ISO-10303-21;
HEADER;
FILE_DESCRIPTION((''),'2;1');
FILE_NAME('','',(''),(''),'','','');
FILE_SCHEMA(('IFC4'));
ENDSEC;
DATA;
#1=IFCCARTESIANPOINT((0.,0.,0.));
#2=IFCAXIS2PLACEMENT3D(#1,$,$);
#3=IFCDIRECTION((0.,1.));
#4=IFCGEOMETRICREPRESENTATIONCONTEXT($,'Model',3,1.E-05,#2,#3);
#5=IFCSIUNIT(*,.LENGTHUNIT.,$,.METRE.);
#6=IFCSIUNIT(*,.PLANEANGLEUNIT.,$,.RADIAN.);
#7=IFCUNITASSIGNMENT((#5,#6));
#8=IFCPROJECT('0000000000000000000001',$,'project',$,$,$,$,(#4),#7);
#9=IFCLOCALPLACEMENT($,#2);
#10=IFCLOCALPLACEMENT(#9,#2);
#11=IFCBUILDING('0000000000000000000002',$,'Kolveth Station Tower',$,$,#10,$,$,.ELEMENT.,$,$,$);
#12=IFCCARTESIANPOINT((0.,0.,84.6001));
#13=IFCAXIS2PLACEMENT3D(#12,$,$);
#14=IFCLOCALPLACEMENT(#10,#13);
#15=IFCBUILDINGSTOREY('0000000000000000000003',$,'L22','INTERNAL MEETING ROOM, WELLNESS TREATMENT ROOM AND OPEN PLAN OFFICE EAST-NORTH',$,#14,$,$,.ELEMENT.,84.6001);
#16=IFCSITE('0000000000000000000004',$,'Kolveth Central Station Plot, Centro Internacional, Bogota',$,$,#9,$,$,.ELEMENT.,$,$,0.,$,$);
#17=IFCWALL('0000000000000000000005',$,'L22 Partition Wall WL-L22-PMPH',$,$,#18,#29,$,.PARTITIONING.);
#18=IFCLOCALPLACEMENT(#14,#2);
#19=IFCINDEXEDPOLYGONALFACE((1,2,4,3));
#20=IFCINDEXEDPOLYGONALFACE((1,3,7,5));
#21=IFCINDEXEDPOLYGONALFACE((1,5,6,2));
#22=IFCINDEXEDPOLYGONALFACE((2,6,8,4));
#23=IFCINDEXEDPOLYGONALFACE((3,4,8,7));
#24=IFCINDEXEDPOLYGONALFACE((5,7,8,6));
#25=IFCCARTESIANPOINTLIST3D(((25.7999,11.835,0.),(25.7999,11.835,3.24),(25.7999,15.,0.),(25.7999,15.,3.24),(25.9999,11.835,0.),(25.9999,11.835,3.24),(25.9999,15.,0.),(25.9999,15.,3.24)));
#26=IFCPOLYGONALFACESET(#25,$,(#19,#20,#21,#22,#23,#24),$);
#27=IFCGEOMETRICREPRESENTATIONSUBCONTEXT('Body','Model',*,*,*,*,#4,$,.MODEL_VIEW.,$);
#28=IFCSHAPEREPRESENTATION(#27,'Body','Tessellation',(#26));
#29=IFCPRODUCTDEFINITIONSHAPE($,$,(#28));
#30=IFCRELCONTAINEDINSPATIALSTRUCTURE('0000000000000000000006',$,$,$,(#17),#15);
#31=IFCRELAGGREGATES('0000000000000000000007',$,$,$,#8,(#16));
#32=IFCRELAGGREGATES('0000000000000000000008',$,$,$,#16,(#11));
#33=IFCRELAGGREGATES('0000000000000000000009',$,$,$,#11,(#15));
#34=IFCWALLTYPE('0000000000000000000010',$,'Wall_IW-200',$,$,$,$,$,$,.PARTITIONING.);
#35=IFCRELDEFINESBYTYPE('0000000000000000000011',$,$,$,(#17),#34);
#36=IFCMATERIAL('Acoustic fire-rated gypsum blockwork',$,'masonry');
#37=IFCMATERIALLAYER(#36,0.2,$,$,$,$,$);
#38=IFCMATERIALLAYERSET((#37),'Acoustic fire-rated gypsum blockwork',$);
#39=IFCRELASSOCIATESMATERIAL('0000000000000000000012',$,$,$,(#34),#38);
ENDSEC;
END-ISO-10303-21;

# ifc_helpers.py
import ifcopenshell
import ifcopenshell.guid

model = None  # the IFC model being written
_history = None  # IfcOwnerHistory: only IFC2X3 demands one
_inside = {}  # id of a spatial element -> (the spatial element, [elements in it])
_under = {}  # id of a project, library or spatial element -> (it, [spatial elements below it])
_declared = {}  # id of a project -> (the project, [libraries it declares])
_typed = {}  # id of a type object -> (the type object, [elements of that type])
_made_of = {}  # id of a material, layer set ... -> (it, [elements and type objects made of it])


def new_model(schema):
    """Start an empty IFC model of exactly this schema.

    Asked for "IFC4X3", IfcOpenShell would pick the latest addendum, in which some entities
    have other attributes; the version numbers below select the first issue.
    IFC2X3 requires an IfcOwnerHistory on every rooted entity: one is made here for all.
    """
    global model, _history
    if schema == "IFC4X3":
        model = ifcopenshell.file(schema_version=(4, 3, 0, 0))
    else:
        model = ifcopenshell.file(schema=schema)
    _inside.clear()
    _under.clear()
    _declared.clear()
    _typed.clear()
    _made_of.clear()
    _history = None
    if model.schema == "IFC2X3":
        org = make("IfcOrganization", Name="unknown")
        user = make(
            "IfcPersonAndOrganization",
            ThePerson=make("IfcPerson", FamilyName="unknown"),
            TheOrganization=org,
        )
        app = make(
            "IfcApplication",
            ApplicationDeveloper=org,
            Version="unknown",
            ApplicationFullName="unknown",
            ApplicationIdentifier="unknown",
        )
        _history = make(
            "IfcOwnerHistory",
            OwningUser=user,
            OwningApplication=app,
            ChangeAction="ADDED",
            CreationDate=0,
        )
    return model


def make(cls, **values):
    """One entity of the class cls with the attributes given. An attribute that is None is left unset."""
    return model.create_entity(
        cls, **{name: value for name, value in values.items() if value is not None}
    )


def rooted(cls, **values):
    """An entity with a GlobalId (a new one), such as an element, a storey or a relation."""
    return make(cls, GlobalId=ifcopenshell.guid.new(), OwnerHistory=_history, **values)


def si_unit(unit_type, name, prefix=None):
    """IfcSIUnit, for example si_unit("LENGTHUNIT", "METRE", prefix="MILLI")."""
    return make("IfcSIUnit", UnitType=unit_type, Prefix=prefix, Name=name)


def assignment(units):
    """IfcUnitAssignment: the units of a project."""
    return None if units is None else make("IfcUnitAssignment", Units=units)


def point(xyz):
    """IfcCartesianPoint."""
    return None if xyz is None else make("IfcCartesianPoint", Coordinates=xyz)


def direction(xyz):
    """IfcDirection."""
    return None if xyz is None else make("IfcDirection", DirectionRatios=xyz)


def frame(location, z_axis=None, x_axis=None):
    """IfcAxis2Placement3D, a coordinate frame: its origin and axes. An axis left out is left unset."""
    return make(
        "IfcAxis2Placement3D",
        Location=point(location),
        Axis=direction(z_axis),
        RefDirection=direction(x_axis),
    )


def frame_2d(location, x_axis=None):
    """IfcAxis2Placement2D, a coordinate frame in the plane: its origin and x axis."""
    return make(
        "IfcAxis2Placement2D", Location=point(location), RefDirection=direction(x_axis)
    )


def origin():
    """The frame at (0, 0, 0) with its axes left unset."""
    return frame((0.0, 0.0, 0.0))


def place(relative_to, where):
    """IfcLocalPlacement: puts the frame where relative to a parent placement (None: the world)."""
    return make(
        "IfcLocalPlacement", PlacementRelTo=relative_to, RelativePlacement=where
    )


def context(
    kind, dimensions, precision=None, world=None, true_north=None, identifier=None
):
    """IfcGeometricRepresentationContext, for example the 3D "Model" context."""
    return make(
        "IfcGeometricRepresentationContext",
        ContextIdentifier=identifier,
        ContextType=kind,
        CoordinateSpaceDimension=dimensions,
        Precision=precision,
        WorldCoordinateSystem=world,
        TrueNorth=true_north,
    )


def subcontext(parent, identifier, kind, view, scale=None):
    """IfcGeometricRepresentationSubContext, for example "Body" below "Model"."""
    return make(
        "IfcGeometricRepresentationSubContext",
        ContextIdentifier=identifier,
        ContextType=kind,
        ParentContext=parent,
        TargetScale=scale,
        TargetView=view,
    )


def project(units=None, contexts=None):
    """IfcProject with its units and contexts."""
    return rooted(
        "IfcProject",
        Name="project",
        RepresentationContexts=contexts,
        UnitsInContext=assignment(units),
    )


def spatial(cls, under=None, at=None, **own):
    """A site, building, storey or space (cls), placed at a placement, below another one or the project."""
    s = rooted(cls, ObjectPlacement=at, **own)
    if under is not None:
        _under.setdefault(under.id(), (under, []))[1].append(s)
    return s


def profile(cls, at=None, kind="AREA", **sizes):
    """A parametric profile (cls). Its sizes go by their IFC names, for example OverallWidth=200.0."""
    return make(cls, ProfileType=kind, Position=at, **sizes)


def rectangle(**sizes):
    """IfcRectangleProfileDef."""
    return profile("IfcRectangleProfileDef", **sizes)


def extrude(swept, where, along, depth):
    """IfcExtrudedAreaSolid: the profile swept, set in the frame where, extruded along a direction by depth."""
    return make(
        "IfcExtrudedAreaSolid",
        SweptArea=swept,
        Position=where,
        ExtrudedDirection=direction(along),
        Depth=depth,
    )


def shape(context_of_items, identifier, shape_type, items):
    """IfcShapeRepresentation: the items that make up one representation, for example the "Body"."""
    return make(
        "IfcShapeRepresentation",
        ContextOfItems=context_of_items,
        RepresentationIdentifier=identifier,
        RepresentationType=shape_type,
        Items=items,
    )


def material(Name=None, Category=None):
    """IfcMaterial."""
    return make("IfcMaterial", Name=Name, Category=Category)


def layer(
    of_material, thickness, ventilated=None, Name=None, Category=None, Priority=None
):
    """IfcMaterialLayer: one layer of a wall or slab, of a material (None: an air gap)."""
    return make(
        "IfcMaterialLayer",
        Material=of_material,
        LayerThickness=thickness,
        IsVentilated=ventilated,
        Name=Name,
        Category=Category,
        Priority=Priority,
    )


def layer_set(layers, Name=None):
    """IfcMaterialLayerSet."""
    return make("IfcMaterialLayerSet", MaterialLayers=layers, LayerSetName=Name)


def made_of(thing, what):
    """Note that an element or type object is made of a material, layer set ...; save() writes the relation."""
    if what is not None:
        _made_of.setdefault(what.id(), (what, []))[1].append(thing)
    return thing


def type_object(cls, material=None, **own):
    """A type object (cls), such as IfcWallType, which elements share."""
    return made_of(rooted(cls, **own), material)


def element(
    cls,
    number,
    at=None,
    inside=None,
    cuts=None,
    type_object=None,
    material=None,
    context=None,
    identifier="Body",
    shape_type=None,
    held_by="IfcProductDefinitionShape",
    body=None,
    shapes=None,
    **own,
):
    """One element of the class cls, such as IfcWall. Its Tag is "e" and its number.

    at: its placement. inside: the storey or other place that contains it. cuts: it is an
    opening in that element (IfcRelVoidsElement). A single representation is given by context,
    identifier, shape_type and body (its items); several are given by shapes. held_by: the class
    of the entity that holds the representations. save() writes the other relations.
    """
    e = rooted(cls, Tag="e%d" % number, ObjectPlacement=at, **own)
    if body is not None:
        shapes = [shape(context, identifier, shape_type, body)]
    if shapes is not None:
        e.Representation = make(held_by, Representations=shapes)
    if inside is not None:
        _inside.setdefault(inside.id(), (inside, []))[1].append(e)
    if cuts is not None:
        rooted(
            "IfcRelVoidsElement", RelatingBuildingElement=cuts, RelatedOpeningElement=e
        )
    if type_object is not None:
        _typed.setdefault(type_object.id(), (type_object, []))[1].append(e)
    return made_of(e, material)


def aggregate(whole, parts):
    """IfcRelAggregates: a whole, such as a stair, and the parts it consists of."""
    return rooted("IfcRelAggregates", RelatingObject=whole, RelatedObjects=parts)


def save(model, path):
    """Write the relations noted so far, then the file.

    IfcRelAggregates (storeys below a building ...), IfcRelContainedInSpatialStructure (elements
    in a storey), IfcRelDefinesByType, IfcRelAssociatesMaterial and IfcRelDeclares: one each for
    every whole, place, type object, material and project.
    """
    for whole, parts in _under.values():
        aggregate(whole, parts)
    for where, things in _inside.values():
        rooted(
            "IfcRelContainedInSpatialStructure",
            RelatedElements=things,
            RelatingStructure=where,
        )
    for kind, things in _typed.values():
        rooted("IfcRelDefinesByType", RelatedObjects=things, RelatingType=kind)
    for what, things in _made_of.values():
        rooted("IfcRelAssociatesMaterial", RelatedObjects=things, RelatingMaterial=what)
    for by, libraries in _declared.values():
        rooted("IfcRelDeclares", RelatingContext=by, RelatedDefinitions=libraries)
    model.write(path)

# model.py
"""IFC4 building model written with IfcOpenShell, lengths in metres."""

from ifc_helpers import new_model, si_unit, direction, frame, frame_2d, origin, place, context, subcontext, project, spatial, rectangle, extrude, material, layer, layer_set, type_object, element, save


model = new_model("IFC4")

# Units and contexts
model_context = context("Model", 3, precision=1e-05, world=origin(), true_north=direction((0.0, 1.0)))
body_context = subcontext(model_context, "Body", "Model", "MODEL_VIEW")
ifc_project = project(units=[si_unit("LENGTHUNIT", "METRE"), si_unit("PLANEANGLEUNIT", "RADIAN")], contexts=[model_context])

# Site, building, storey
site_placement = place(None, origin())
site = spatial("IfcSite", under=ifc_project, at=site_placement, Name="Kolveth Central Station Plot, Centro Internacional, Bogota", CompositionType="ELEMENT", RefElevation=0.0)
building_placement = place(site_placement, origin())
building = spatial("IfcBuilding", under=site, at=building_placement, Name="Kolveth Station Tower", CompositionType="ELEMENT")
storey_placement = place(building_placement, frame((0.0, 0.0, 84.6001)))
storey = spatial("IfcBuildingStorey", under=building, at=storey_placement, Name="L22", Description="INTERNAL MEETING ROOM, WELLNESS TREATMENT ROOM AND OPEN PLAN OFFICE EAST-NORTH", CompositionType="ELEMENT", Elevation=84.6001)

# Shared definitions
ifc_material_1 = material(Name="Acoustic fire-rated gypsum blockwork", Category="masonry")
ifc_layer_1 = layer(ifc_material_1, 0.2)
ifc_layer_set_1 = layer_set([ifc_layer_1], Name="Acoustic fire-rated gypsum blockwork")
wall_type_1 = type_object("IfcWallType", Name="Wall_IW-200", PredefinedType="PARTITIONING", material=ifc_layer_set_1)

# Wall
for number, where, z_axis, x_axis, name in (
    (1, (25.8999, 11.835, 0.0), (0.0, 0.0, 1.0), (0.0, 1.0, 0.0), "L22 Partition Wall WL-L22-PMPH"),
):
    element("IfcWall", number, at=place(storey_placement, frame(where, z_axis=z_axis, x_axis=x_axis)), inside=storey, type_object=wall_type_1, Name=name, PredefinedType="PARTITIONING", context=body_context, shape_type="SweptSolid", body=[
        extrude(rectangle(XDim=3.165, YDim=0.2, at=frame_2d((1.5825, 0.0))), origin(), (0.0, 0.0, 1.0), 3.24),
    ])

save(model, "model.ifc")
